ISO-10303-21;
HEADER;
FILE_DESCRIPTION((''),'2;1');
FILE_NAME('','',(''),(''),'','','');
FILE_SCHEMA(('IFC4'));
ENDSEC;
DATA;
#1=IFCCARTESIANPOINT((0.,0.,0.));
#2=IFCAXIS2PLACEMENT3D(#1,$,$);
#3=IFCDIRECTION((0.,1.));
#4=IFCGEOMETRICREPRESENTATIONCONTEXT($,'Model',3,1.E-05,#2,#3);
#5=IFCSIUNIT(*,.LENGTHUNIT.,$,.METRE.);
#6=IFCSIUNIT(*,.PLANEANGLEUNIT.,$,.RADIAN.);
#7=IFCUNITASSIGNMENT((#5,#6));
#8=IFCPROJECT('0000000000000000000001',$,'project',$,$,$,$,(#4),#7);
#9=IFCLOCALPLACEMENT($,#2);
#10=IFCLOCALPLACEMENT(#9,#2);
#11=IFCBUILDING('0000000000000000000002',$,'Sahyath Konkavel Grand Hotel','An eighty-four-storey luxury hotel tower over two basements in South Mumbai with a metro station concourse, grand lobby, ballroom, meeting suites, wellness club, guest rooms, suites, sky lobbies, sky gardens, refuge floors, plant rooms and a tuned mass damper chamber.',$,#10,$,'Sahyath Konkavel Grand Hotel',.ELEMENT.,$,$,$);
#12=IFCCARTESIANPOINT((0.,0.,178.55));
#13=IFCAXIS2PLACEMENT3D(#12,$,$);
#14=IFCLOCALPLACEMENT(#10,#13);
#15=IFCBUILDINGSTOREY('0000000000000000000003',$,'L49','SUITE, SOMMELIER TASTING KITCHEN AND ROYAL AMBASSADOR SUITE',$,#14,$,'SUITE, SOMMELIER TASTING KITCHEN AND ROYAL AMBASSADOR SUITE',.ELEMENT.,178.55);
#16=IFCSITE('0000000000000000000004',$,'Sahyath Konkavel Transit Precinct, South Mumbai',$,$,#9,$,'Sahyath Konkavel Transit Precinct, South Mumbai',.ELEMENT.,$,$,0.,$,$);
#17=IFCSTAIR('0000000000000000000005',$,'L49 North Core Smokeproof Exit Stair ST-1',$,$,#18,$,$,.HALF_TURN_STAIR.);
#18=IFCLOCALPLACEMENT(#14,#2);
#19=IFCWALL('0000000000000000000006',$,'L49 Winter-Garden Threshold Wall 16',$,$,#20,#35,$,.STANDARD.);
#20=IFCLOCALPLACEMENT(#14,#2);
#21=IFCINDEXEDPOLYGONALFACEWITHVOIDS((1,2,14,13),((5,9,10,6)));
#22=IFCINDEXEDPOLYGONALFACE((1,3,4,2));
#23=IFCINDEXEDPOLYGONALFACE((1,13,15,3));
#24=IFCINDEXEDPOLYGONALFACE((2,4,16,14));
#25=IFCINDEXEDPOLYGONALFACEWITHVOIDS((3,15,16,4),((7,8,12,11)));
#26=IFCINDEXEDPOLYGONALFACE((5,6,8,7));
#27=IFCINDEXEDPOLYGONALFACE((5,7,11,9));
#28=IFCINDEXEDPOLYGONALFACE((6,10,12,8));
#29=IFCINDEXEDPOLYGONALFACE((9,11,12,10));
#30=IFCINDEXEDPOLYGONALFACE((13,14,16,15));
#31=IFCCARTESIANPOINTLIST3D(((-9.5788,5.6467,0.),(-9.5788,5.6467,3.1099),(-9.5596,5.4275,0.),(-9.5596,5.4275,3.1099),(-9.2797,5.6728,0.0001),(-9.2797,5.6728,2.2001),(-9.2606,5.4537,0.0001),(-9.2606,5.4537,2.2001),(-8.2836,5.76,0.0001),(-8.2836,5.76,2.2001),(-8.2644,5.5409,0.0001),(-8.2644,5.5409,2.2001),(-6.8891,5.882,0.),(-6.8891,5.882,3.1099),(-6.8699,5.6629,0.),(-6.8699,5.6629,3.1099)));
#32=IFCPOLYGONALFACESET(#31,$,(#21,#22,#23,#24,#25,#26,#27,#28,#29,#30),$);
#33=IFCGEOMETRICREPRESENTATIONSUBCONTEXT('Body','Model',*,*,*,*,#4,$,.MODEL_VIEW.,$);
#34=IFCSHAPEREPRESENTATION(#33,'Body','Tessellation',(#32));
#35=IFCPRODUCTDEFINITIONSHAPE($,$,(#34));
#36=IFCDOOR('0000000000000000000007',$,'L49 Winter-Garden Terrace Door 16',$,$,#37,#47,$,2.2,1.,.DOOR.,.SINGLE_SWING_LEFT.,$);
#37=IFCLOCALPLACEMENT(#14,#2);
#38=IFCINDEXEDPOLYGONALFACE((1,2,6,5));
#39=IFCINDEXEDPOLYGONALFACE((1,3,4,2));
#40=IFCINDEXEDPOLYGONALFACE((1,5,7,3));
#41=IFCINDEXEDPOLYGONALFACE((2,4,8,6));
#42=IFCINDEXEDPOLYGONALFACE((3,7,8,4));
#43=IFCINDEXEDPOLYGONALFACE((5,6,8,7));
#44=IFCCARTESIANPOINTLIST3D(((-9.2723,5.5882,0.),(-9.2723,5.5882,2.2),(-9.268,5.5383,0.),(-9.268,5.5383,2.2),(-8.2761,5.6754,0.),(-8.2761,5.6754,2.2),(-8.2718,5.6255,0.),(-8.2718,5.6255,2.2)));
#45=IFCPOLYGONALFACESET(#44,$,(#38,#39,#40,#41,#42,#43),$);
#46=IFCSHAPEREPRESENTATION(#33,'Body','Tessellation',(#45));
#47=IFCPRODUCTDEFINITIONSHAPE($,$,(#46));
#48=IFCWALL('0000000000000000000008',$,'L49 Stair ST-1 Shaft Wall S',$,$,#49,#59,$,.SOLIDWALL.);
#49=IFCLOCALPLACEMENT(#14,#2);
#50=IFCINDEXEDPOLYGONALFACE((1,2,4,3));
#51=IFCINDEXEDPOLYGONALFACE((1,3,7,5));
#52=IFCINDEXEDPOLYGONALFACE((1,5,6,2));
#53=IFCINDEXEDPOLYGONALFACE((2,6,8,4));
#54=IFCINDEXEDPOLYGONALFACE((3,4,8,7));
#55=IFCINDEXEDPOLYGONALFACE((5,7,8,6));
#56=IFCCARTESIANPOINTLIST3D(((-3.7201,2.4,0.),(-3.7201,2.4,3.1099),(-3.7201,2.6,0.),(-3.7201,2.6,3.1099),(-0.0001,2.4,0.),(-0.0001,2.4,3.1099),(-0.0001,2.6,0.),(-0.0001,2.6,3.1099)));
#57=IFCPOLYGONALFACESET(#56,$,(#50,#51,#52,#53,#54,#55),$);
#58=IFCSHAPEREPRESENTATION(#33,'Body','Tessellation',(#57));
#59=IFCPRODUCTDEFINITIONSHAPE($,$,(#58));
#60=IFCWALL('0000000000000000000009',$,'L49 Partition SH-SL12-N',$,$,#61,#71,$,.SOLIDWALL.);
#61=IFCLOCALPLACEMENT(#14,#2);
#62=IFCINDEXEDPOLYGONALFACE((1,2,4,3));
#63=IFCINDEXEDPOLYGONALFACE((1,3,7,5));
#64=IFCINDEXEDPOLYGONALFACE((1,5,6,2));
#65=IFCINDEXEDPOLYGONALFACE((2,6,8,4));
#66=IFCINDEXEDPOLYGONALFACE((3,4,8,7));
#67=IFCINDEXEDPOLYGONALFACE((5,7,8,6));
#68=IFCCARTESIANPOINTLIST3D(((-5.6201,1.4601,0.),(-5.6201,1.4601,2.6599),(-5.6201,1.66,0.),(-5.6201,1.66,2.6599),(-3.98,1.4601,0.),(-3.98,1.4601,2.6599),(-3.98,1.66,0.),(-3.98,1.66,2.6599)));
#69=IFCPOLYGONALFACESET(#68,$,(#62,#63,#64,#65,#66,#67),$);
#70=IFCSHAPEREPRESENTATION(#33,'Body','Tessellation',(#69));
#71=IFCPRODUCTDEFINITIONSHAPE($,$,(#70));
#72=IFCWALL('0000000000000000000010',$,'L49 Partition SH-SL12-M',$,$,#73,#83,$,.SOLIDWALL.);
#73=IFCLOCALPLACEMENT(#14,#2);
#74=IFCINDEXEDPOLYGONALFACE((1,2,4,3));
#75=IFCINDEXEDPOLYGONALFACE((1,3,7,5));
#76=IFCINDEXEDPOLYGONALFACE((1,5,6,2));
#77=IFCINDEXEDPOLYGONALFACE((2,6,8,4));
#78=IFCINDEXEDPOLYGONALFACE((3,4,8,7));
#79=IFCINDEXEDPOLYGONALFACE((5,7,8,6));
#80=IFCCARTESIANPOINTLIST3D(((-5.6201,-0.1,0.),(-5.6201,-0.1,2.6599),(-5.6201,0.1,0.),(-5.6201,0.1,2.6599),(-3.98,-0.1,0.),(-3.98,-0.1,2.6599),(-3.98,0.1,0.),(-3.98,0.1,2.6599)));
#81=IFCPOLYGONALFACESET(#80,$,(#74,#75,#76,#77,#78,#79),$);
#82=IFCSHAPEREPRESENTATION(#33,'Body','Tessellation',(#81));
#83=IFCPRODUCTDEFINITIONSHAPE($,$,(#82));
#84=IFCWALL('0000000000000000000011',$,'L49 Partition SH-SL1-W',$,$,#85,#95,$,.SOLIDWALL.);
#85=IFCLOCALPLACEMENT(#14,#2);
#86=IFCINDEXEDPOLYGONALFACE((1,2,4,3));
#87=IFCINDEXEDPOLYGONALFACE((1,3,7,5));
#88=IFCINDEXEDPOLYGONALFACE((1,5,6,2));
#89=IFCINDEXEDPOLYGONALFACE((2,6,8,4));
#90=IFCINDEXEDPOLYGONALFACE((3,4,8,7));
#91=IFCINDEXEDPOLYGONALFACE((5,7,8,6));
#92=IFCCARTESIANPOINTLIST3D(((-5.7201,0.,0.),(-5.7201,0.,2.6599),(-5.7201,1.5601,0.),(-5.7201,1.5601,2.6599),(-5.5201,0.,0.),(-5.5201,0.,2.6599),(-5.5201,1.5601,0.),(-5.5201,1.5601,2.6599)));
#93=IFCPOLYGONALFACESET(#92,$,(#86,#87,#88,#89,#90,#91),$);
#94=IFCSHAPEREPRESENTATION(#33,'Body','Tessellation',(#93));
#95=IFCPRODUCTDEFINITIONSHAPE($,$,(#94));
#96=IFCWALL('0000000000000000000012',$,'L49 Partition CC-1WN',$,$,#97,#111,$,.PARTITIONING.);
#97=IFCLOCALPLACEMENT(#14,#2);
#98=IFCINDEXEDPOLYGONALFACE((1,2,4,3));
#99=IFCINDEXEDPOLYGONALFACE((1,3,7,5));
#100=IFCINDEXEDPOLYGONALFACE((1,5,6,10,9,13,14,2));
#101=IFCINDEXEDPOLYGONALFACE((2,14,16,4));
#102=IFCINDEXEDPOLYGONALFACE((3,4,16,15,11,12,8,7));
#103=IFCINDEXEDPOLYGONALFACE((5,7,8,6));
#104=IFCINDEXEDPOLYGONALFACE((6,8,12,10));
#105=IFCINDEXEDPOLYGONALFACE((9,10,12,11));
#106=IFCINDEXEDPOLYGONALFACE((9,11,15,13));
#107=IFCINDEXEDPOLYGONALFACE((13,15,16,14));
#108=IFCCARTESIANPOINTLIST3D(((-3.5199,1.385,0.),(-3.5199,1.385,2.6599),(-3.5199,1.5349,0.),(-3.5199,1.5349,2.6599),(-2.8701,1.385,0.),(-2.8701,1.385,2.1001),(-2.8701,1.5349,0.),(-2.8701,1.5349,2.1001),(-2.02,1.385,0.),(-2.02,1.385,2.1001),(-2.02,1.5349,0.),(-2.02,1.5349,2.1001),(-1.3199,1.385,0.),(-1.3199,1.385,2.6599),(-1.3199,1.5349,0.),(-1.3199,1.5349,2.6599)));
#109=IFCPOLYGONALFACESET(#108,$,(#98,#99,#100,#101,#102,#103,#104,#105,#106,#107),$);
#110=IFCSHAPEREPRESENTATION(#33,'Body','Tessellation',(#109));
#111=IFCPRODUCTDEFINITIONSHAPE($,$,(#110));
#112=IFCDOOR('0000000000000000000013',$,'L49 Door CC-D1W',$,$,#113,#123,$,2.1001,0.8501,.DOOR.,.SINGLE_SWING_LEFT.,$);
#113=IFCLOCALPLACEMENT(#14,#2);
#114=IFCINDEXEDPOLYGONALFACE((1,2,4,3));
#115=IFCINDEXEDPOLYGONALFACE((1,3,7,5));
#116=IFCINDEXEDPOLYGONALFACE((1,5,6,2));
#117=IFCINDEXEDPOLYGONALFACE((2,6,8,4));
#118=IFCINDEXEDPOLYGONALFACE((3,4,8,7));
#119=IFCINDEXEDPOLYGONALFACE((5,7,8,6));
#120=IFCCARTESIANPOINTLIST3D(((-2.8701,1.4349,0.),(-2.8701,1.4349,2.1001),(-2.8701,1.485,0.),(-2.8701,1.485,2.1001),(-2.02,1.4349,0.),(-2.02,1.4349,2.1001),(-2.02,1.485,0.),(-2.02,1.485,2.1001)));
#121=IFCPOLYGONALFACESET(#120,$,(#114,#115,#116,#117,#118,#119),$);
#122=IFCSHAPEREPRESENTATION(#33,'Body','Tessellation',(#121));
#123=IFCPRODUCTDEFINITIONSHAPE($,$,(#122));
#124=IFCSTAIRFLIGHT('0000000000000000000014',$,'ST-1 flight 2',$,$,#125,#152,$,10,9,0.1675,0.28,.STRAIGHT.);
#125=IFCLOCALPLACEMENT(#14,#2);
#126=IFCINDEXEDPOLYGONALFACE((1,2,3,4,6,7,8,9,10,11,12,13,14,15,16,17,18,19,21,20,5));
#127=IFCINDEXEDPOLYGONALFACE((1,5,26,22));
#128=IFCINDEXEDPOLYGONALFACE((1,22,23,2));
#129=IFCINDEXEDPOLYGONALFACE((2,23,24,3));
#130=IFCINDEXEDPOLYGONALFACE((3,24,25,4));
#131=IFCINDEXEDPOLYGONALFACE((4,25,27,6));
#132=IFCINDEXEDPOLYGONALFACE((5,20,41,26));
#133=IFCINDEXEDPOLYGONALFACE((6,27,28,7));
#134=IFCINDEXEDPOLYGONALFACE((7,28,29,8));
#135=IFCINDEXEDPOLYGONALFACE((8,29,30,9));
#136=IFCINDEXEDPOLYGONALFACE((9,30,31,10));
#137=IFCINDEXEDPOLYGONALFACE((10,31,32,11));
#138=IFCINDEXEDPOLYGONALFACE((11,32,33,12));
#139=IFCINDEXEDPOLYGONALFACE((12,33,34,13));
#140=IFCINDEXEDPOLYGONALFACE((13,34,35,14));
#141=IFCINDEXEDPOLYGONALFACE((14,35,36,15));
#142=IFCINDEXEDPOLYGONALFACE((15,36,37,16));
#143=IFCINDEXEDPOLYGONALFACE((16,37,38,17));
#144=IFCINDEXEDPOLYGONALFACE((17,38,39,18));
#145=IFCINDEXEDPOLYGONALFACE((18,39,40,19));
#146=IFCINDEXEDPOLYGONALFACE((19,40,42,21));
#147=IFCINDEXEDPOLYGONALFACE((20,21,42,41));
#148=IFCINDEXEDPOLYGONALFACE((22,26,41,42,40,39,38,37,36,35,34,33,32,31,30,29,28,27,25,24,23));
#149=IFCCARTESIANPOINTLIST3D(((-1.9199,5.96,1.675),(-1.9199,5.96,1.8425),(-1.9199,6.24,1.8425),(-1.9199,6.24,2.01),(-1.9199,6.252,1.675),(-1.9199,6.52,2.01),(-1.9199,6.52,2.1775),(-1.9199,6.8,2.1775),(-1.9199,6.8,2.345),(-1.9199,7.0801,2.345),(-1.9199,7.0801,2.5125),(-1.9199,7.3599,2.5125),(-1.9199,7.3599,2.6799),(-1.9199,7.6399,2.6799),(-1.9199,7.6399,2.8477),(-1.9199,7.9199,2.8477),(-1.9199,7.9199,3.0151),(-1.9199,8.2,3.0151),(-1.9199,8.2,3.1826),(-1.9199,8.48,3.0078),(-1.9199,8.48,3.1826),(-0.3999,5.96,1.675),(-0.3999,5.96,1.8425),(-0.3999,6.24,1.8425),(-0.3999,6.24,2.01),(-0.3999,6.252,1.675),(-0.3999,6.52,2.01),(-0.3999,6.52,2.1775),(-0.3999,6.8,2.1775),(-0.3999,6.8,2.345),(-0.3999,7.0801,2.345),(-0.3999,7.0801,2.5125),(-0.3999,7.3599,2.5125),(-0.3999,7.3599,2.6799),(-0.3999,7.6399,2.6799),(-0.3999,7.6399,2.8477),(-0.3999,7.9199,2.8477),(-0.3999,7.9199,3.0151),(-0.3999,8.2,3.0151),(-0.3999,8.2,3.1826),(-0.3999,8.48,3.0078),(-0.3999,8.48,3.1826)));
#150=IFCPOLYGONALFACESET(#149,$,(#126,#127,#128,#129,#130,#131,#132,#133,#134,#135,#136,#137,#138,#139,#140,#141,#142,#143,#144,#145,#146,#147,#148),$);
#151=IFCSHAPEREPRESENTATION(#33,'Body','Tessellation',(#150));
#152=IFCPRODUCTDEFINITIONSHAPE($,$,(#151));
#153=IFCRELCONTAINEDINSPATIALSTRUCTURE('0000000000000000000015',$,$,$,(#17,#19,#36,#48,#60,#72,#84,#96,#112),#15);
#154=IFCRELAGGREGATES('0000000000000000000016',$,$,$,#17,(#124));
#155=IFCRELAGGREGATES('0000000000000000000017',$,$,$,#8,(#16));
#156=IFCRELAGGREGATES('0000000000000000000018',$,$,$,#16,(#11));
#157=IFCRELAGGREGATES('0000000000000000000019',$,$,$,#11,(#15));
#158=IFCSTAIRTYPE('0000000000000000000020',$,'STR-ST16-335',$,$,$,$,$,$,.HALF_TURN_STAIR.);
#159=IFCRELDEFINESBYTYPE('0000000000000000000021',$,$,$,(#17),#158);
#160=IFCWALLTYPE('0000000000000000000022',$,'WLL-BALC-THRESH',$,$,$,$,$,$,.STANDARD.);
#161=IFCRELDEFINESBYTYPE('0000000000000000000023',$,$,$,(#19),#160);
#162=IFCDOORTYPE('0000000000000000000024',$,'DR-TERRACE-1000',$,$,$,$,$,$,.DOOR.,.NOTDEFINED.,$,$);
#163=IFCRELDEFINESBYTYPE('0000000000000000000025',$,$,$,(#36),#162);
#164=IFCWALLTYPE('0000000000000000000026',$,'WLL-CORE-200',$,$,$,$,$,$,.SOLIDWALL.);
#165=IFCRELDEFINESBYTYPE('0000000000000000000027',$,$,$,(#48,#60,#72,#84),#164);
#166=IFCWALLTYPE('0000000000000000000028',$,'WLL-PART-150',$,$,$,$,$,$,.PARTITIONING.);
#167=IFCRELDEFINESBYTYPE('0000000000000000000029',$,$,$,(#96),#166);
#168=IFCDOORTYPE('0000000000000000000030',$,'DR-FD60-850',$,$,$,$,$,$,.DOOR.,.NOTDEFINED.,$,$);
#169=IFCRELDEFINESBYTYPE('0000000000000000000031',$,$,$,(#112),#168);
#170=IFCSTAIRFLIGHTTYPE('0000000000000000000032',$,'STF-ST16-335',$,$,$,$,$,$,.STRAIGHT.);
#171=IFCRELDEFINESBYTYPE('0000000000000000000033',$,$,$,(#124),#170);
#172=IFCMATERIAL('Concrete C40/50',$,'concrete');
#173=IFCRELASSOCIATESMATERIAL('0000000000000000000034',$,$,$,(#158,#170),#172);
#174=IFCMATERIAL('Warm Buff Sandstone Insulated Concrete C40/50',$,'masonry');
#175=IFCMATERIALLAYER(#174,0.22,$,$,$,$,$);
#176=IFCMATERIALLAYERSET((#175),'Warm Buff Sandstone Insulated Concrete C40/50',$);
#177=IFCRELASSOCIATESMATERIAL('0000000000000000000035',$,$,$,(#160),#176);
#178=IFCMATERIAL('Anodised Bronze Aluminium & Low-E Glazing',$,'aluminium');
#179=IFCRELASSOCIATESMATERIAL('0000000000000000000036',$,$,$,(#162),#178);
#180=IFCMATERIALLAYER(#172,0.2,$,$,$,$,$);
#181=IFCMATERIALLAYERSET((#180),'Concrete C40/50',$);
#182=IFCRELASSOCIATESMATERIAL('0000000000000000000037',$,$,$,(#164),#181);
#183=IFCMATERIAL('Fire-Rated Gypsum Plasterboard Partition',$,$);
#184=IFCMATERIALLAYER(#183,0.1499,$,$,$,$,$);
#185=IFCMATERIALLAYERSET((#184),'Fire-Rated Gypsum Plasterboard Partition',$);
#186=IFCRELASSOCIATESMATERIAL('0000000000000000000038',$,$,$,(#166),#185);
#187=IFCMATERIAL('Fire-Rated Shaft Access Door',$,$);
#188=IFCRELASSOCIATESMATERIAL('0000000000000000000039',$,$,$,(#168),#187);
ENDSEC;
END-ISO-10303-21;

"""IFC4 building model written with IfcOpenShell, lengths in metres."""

from ifc_helpers import new_model, si_unit, direction, frame, frame_2d, origin, origin_2d, place, context, subcontext, project, spatial, polyline, rectangle, outline, extrude, source, transform, mapped, material, layer, layer_set, type_object, element, fill, aggregate, save


model = new_model("IFC4")

# Units and contexts
model_context = context("Model", 3, precision=1e-05, world=origin(), true_north=direction((0.0, 1.0)))
body_context = subcontext(model_context, "Body", "Model", "MODEL_VIEW")
ifc_project = project(units=[si_unit("LENGTHUNIT", "METRE"), si_unit("PLANEANGLEUNIT", "RADIAN")], contexts=[model_context])

# Site, building, storey
site_placement = place(None, origin())
site = spatial("IfcSite", under=ifc_project, at=site_placement, Name="Sahyath Konkavel Transit Precinct, South Mumbai", LongName="Sahyath Konkavel Transit Precinct, South Mumbai", CompositionType="ELEMENT", RefElevation=0.0)
building_placement = place(site_placement, origin())
building = spatial("IfcBuilding", under=site, at=building_placement, Name="Sahyath Konkavel Grand Hotel", Description="An eighty-four-storey luxury hotel tower over two basements in South Mumbai with a metro station concourse, grand lobby, ballroom, meeting suites, wellness club, guest rooms, suites, sky lobbies, sky gardens, refuge floors, plant rooms and a tuned mass damper chamber.", LongName="Sahyath Konkavel Grand Hotel", CompositionType="ELEMENT")
storey_placement = place(building_placement, frame((0.0, 0.0, 178.55)))
storey = spatial("IfcBuildingStorey", under=building, at=storey_placement, Name="L49", Description="SUITE, SOMMELIER TASTING KITCHEN AND ROYAL AMBASSADOR SUITE", LongName="SUITE, SOMMELIER TASTING KITCHEN AND ROYAL AMBASSADOR SUITE", CompositionType="ELEMENT", Elevation=178.55)

# Shared definitions
ifc_material_1 = material(Name="Anodised Bronze Aluminium & Low-E Glazing", Category="aluminium")

# Shared definitions
ifc_material_2 = material(Name="Concrete C40/50", Category="concrete")

# Stair
stair_type = type_object("IfcStairType", Name="STR-ST16-335", PredefinedType="HALF_TURN_STAIR", material=ifc_material_2)
stair_1_placement = place(storey_placement, origin())
stair_1 = element("IfcStair", 1, at=stair_1_placement, inside=storey, type_object=stair_type, Name="L49 North Core Smokeproof Exit Stair ST-1", PredefinedType="HALF_TURN_STAIR")

# Wall, opening, door
ifc_material_3 = material(Name="Warm Buff Sandstone Insulated Concrete C40/50", Category="masonry")
ifc_layer_1 = layer(ifc_material_3, 0.22)
ifc_layer_set_1 = layer_set([ifc_layer_1], Name="Warm Buff Sandstone Insulated Concrete C40/50")
wall_type_1 = type_object("IfcWallType", Name="WLL-BALC-THRESH", PredefinedType="STANDARD", material=ifc_layer_set_1)
wall_1_placement = place(storey_placement, frame((-6.8794, 5.7725, 0.0), z_axis=(0.0, 0.0, 1.0), x_axis=(-0.996194, -0.087168, 0.0)))
wall_1 = element("IfcWall", 2, at=wall_1_placement, inside=storey, type_object=wall_type_1, Name="L49 Winter-Garden Threshold Wall 16", PredefinedType="STANDARD", context=body_context, shape_type="SweptSolid", body=[
    extrude(rectangle(XDim=2.7, YDim=0.22, at=frame_2d((1.3501, 0.0))), origin(), (0.0, 0.0, 1.0), 3.1099),
])
opening_1_placement = place(wall_1_placement, frame((1.3999, 0.0, 0.0)))
opening_1 = element("IfcOpeningElement", 3, at=opening_1_placement, cuts=wall_1, PredefinedType="OPENING", context=body_context, shape_type="SweptSolid", body=[
    extrude(rectangle(XDim=1.0, YDim=2.2, at=frame_2d((0.5, 1.1001))), frame((0.0, 0.1201, 0.0), z_axis=(0.0, -1.0, 0.0), x_axis=(1.0, 0.0, 0.0)), (0.0, 0.0, 1.0), 0.24),
])
door_type_1 = type_object("IfcDoorType", Name="DR-TERRACE-1000", OperationType="NOTDEFINED", PredefinedType="DOOR", material=ifc_material_1)
shared_shape_1 = source(origin(), body_context, "Body", "SweptSolid", [
    extrude(rectangle(XDim=1.0, YDim=0.05, at=origin_2d()), origin(), (0.0, 0.0, 1.0), 2.2),
])
door_1_placement = place(opening_1_placement, frame((0.5, 0.0, 0.0)))
door_1 = element("IfcDoor", 4, at=door_1_placement, inside=storey, type_object=door_type_1, Name="L49 Winter-Garden Terrace Door 16", OperationType="SINGLE_SWING_LEFT", OverallHeight=2.2, OverallWidth=1.0, PredefinedType="DOOR", context=body_context, shape_type="MappedRepresentation", body=[
    mapped(shared_shape_1, transform((0.0, 0.0, 0.0), scale=1.0)),
])
fill(opening_1, door_1)

# Walls
ifc_layer_2 = layer(ifc_material_2, 0.2)
ifc_layer_set_2 = layer_set([ifc_layer_2], Name="Concrete C40/50")
wall_type_2 = type_object("IfcWallType", Name="WLL-CORE-200", PredefinedType="SOLIDWALL", material=ifc_layer_set_2)
wall_2_placement = place(storey_placement, frame((-3.72, 2.5, 0.0), z_axis=(0.0, 0.0, 1.0), x_axis=(1.0, 0.0, 0.0)))
element("IfcWall", 5, at=wall_2_placement, inside=storey, type_object=wall_type_2, Name="L49 Stair ST-1 Shaft Wall S", PredefinedType="SOLIDWALL", context=body_context, shape_type="SweptSolid", body=[
    extrude(rectangle(XDim=3.72, YDim=0.2, at=frame_2d((1.8599, 0.0))), origin(), (0.0, 0.0, 1.0), 3.1099),
])
for number, where, z_axis, x_axis, name in (
    (6, (-5.6201, 1.5601, 0.0), (0.0, 0.0, 1.0), (1.0, 0.0, 0.0), "L49 Partition SH-SL12-N"),
    (7, (-5.6201, 0.0, 0.0), (0.0, 0.0, 1.0), (1.0, 0.0, 0.0), "L49 Partition SH-SL12-M"),
):
    element("IfcWall", number, at=place(storey_placement, frame(where, z_axis=z_axis, x_axis=x_axis)), inside=storey, type_object=wall_type_2, Name=name, PredefinedType="SOLIDWALL", context=body_context, shape_type="SweptSolid", body=[
        extrude(rectangle(XDim=1.6401, YDim=0.2, at=frame_2d((0.8201, 0.0))), origin(), (0.0, 0.0, 1.0), 2.6599),
    ])
wall_3_placement = place(storey_placement, frame((-5.6201, 0.0, 0.0), z_axis=(0.0, 0.0, 1.0), x_axis=(0.0, 1.0, 0.0)))
element("IfcWall", 8, at=wall_3_placement, inside=storey, type_object=wall_type_2, Name="L49 Partition SH-SL1-W", PredefinedType="SOLIDWALL", context=body_context, shape_type="SweptSolid", body=[
    extrude(rectangle(XDim=1.5601, YDim=0.2, at=frame_2d((0.78, 0.0))), origin(), (0.0, 0.0, 1.0), 2.6599),
])

# Wall, opening, door
ifc_material_4 = material(Name="Fire-Rated Gypsum Plasterboard Partition")
ifc_layer_3 = layer(ifc_material_4, 0.1499)
ifc_layer_set_3 = layer_set([ifc_layer_3], Name="Fire-Rated Gypsum Plasterboard Partition")
wall_type_3 = type_object("IfcWallType", Name="WLL-PART-150", PredefinedType="PARTITIONING", material=ifc_layer_set_3)
wall_4_placement = place(storey_placement, frame((-3.52, 1.46, 0.0), z_axis=(0.0, 0.0, 1.0), x_axis=(1.0, 0.0, 0.0)))
wall_4 = element("IfcWall", 9, at=wall_4_placement, inside=storey, type_object=wall_type_3, Name="L49 Partition CC-1WN", PredefinedType="PARTITIONING", context=body_context, shape_type="SweptSolid", body=[
    extrude(rectangle(XDim=2.2, YDim=0.1499, at=frame_2d((1.1001, 0.0))), origin(), (0.0, 0.0, 1.0), 2.6599),
])
opening_2_placement = place(wall_4_placement, frame((0.6499, 0.0, 0.0)))
opening_2 = element("IfcOpeningElement", 10, at=opening_2_placement, cuts=wall_4, PredefinedType="OPENING", context=body_context, shape_type="SweptSolid", body=[
    extrude(rectangle(XDim=0.8501, YDim=2.1001, at=frame_2d((0.425, 1.05))), frame((0.0, 0.085, 0.0), z_axis=(0.0, -1.0, 0.0), x_axis=(1.0, 0.0, 0.0)), (0.0, 0.0, 1.0), 0.1699),
])
ifc_material_5 = material(Name="Fire-Rated Shaft Access Door")
door_type_2 = type_object("IfcDoorType", Name="DR-FD60-850", OperationType="NOTDEFINED", PredefinedType="DOOR", material=ifc_material_5)
shared_shape_2 = source(origin(), body_context, "Body", "SweptSolid", [
    extrude(rectangle(XDim=0.8501, YDim=0.05, at=origin_2d()), origin(), (0.0, 0.0, 1.0), 2.1001),
])
door_2_placement = place(opening_2_placement, frame((0.425, 0.0, 0.0)))
door_2 = element("IfcDoor", 11, at=door_2_placement, inside=storey, type_object=door_type_2, Name="L49 Door CC-D1W", OperationType="SINGLE_SWING_LEFT", OverallHeight=2.1001, OverallWidth=0.8501, PredefinedType="DOOR", context=body_context, shape_type="MappedRepresentation", body=[
    mapped(shared_shape_2, transform((0.0, 0.0, 0.0), scale=1.0)),
])
fill(opening_2, door_2)

# Stair flight
stair_flight_type = type_object("IfcStairFlightType", Name="STF-ST16-335", PredefinedType="STRAIGHT", material=ifc_material_2)
stair_flight_placement = place(storey_placement, frame((-1.1599, 5.96, 1.675), z_axis=(0.0, 0.0, 1.0), x_axis=(0.0, 1.0, 0.0)))
stair_flight = element("IfcStairFlight", 12, at=stair_flight_placement, type_object=stair_flight_type, Name="ST-1 flight 2", NumberOfRisers=10, NumberOfTreads=9, PredefinedType="STRAIGHT", RiserHeight=0.1675, TreadLength=0.28, context=body_context, shape_type="SweptSolid", body=[
    extrude(outline(polyline([(0.0, 0.0), (0.0, 0.1675), (0.28, 0.1675), (0.28, 0.335), (0.5601, 0.335), (0.5601, 0.5024), (0.8401, 0.5024), (0.8401, 0.6699), (1.1201, 0.6699), (1.1201, 0.8374), (1.3999, 0.8374), (1.3999, 1.0049), (1.6799, 1.0049), (1.6799, 1.1726), (1.96, 1.1726), (1.96, 1.3401), (2.24, 1.3401), (2.24, 1.5076), (2.52, 1.5076), (2.52, 1.675), (2.52, 1.3328), (0.292, 0.0), (0.0, 0.0)])), frame((0.0, 0.76, 0.0), z_axis=(0.0, -1.0, 0.0), x_axis=(1.0, 0.0, 0.0)), (0.0, 0.0, 1.0), 1.52),
])
aggregate(stair_1, [stair_flight])

save(model, "model.ifc")
